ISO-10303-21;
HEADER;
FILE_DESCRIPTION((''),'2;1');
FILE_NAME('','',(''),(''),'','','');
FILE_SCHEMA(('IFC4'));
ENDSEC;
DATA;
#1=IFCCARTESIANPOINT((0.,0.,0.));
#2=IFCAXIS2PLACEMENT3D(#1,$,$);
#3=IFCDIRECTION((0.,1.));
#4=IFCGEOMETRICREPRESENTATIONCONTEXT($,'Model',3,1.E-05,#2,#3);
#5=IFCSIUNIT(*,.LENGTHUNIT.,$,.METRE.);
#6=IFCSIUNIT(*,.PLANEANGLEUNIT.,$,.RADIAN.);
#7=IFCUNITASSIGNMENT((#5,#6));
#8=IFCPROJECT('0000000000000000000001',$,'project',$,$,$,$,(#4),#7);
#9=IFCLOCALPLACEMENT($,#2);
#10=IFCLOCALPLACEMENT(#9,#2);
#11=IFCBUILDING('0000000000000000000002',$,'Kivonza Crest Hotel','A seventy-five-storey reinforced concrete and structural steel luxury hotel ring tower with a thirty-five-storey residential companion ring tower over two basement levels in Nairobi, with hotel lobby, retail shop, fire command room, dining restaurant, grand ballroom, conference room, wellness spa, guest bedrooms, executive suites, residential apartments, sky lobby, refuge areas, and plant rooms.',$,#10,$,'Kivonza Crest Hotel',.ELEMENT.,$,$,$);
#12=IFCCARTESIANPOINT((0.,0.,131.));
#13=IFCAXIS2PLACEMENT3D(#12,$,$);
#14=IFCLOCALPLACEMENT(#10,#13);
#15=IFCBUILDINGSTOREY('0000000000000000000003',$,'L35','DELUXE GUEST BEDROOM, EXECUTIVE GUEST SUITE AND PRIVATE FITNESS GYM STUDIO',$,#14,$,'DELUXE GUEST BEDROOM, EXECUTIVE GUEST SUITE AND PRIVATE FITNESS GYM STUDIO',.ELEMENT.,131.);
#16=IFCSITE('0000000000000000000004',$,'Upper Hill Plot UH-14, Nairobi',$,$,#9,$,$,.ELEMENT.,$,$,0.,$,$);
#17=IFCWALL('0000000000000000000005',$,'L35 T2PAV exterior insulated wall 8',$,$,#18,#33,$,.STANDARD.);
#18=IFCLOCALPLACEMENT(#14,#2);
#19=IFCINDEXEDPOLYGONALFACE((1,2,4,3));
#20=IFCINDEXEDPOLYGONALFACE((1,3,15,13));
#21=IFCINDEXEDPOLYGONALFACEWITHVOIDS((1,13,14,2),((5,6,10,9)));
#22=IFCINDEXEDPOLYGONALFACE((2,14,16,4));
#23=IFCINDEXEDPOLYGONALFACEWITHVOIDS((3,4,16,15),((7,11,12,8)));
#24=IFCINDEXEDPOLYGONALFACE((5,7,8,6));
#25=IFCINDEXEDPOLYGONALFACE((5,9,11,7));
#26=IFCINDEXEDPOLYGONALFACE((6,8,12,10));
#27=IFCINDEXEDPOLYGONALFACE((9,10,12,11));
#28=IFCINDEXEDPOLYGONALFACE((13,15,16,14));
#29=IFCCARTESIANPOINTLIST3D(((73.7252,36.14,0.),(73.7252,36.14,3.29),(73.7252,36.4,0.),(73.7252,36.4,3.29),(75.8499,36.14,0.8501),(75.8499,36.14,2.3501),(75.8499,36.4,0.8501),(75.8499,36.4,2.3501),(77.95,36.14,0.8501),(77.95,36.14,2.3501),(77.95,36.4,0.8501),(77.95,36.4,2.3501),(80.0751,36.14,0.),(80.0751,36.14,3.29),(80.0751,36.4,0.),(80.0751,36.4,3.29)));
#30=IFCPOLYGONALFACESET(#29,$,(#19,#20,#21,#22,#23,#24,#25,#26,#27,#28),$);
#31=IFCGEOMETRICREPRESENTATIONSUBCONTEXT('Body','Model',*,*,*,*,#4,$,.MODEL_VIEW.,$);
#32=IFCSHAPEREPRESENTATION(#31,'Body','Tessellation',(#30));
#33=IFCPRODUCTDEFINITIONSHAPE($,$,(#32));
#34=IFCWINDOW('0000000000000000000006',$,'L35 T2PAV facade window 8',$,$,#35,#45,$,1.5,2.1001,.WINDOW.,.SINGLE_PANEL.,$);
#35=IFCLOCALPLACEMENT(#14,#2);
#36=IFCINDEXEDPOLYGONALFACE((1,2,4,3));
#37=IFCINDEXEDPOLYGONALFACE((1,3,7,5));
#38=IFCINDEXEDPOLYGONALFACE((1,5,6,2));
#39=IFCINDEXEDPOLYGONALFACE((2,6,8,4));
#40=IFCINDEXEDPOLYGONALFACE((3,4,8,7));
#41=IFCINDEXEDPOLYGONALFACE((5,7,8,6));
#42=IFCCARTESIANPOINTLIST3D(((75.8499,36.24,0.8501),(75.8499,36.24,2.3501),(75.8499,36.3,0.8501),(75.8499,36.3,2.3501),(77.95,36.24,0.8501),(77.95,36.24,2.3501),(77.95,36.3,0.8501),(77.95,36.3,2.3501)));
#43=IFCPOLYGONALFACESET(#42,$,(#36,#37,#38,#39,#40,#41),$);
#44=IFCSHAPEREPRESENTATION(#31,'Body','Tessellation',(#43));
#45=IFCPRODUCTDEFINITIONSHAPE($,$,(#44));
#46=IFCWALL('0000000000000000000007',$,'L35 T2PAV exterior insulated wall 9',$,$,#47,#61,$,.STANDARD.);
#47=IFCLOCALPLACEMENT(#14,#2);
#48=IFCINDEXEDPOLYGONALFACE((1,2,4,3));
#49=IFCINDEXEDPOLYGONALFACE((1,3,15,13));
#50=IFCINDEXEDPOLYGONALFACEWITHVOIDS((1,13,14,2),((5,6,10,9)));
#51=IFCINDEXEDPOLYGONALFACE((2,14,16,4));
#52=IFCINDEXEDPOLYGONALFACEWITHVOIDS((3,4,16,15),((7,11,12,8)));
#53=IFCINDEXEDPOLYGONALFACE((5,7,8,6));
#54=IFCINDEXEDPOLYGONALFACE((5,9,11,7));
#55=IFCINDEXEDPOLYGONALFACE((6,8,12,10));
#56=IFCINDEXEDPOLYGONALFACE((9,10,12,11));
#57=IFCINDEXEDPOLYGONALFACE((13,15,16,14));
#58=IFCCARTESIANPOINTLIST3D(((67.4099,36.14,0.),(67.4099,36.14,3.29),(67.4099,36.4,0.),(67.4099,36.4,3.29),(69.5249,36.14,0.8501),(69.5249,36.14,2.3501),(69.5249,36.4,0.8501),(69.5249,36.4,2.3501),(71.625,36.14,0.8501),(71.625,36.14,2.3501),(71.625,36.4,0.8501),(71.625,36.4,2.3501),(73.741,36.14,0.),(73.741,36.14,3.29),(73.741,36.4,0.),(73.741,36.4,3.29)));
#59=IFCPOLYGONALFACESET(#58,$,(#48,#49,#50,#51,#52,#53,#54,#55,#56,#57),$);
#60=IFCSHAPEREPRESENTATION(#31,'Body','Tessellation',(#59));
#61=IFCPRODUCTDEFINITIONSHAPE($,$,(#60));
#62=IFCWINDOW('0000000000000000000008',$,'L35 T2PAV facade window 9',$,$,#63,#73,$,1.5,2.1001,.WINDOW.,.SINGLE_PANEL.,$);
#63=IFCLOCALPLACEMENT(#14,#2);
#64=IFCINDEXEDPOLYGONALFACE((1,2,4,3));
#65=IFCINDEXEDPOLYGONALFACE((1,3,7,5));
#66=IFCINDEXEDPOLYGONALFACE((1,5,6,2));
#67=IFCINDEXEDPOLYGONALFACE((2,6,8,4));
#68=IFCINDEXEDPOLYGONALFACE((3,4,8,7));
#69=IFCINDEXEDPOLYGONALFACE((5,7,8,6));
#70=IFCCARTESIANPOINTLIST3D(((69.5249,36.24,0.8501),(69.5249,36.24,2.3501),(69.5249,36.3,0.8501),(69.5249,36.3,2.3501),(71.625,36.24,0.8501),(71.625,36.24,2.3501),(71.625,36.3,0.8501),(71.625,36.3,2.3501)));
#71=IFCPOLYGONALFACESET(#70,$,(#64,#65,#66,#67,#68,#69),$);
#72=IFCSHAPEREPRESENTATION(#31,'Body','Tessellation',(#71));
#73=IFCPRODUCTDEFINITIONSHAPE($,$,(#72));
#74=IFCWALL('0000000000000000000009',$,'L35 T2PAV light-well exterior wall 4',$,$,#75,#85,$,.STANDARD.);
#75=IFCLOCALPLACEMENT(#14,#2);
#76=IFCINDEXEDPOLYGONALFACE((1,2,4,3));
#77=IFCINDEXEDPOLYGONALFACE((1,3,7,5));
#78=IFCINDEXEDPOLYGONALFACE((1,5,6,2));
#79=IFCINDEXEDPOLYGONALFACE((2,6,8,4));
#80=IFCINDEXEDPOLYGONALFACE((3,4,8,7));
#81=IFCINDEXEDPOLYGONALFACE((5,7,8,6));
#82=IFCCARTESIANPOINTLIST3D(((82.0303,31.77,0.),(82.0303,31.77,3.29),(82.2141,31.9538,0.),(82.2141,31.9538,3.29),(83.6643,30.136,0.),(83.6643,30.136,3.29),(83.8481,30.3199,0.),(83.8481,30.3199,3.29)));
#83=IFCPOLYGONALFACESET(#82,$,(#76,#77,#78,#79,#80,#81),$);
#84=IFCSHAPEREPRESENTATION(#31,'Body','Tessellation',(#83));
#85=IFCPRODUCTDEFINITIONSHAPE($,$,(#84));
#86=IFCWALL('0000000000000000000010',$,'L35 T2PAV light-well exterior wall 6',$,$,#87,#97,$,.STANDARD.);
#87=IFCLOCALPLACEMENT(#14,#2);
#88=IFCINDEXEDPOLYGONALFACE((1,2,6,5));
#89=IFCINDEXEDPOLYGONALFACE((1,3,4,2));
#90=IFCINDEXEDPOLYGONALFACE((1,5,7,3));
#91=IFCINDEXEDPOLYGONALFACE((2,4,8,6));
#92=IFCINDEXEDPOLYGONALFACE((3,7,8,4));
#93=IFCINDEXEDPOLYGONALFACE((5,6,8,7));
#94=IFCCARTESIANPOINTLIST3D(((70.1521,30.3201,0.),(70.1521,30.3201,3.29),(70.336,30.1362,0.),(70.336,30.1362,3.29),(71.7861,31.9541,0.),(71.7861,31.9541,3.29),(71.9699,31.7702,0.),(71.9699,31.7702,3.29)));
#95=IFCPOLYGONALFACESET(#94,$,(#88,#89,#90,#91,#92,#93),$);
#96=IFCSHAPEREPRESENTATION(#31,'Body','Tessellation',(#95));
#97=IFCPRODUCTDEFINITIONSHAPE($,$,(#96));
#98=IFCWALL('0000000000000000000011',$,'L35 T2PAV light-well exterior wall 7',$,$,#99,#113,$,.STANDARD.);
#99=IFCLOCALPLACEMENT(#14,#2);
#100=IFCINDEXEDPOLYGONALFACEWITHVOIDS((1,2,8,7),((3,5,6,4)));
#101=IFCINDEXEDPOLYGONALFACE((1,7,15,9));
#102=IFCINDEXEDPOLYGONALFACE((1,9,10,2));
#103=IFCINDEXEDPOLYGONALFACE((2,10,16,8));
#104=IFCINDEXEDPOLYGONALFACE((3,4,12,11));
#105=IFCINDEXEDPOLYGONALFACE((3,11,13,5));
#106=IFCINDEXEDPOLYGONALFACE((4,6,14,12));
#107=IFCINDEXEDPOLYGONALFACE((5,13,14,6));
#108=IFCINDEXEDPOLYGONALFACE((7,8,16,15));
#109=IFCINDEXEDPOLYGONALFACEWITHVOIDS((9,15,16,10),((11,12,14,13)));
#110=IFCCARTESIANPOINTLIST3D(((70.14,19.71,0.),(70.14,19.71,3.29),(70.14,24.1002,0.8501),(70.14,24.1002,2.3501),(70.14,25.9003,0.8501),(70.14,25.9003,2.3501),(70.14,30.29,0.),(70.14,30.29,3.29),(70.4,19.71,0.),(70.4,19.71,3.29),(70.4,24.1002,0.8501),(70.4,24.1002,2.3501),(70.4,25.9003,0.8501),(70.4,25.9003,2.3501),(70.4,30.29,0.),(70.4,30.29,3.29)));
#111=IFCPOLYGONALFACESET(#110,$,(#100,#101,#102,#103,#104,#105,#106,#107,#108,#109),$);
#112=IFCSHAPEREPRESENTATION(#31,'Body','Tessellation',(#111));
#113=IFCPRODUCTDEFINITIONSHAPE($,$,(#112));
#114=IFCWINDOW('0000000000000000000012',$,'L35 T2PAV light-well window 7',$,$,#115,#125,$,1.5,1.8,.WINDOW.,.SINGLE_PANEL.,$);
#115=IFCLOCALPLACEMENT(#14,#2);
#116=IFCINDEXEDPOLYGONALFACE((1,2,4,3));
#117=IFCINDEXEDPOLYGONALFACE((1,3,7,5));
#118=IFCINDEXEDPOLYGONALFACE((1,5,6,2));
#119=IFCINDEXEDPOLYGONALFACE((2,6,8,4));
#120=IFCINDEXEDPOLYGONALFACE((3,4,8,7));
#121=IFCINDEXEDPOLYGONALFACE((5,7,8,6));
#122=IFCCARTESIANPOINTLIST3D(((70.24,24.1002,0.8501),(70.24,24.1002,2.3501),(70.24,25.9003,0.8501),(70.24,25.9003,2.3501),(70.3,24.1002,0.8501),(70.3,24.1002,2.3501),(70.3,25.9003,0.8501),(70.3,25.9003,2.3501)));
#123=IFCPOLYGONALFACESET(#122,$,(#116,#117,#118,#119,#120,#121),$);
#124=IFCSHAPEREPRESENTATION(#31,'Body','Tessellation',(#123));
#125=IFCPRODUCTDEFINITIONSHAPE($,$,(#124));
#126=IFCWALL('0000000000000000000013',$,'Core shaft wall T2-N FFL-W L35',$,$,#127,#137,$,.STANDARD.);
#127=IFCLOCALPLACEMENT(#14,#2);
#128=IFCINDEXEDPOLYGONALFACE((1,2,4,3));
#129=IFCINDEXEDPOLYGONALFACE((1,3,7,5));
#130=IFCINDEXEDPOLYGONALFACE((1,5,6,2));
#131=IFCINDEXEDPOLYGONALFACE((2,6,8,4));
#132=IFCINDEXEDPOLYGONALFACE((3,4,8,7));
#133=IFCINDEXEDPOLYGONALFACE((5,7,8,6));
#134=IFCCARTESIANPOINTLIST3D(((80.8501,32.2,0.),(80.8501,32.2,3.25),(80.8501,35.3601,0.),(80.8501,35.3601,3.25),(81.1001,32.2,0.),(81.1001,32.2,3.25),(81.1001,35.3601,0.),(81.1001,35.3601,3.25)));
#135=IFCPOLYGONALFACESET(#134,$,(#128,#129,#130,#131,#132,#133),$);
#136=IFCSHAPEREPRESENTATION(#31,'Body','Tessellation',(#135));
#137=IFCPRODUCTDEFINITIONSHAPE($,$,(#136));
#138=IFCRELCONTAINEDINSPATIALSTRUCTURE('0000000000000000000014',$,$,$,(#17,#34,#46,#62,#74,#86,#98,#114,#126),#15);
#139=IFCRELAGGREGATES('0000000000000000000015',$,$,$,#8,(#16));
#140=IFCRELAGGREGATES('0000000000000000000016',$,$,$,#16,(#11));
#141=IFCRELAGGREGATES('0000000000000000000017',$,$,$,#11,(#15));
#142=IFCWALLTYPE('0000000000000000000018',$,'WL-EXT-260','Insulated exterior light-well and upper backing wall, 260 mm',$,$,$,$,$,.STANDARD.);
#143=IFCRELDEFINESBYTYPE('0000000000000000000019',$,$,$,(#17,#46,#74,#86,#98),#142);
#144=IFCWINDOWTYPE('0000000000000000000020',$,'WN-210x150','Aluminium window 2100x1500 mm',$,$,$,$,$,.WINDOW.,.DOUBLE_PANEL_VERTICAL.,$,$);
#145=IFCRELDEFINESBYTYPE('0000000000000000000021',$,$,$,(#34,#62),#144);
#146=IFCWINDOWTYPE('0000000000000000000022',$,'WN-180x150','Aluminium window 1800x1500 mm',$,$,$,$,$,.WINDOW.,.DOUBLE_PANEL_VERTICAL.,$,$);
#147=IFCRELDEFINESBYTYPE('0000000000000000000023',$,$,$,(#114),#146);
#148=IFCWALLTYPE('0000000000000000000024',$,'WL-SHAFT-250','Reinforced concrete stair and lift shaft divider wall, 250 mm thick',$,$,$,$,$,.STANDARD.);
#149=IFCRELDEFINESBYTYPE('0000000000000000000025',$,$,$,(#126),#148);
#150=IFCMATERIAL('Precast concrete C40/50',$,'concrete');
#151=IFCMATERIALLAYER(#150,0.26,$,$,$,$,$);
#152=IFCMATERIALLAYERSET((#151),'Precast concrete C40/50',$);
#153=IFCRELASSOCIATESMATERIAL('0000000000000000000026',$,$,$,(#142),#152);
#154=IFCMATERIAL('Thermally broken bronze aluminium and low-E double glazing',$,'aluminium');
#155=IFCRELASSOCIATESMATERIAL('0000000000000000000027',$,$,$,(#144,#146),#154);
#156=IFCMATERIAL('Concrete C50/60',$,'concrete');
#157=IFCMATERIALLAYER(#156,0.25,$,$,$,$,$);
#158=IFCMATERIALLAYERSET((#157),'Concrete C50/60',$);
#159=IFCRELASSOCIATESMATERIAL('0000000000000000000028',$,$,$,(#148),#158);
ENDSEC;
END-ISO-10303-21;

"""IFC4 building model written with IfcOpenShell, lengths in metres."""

from ifc_helpers import new_model, si_unit, direction, frame, frame_2d, origin, place, context, subcontext, project, spatial, rectangle, extrude, material, layer, layer_set, type_object, element, fill, save


model = new_model("IFC4")

# Units and contexts
model_context = context("Model", 3, precision=1e-05, world=origin(), true_north=direction((0.0, 1.0)))
body_context = subcontext(model_context, "Body", "Model", "MODEL_VIEW")
ifc_project = project(units=[si_unit("LENGTHUNIT", "METRE"), si_unit("PLANEANGLEUNIT", "RADIAN")], contexts=[model_context])

# Site, building, storey
site_placement = place(None, origin())
site = spatial("IfcSite", under=ifc_project, at=site_placement, Name="Upper Hill Plot UH-14, Nairobi", CompositionType="ELEMENT", RefElevation=0.0)
building_placement = place(site_placement, origin())
building = spatial("IfcBuilding", under=site, at=building_placement, Name="Kivonza Crest Hotel", Description="A seventy-five-storey reinforced concrete and structural steel luxury hotel ring tower with a thirty-five-storey residential companion ring tower over two basement levels in Nairobi, with hotel lobby, retail shop, fire command room, dining restaurant, grand ballroom, conference room, wellness spa, guest bedrooms, executive suites, residential apartments, sky lobby, refuge areas, and plant rooms.", LongName="Kivonza Crest Hotel", CompositionType="ELEMENT")
storey_placement = place(building_placement, frame((0.0, 0.0, 131.0)))
storey = spatial("IfcBuildingStorey", under=building, at=storey_placement, Name="L35", Description="DELUXE GUEST BEDROOM, EXECUTIVE GUEST SUITE AND PRIVATE FITNESS GYM STUDIO", LongName="DELUXE GUEST BEDROOM, EXECUTIVE GUEST SUITE AND PRIVATE FITNESS GYM STUDIO", CompositionType="ELEMENT", Elevation=131.0)

# Shared definitions
ifc_material_1 = material(Name="Concrete C50/60", Category="concrete")

# Walls, openings, windows
ifc_material_2 = material(Name="Precast concrete C40/50", Category="concrete")
ifc_layer_1 = layer(ifc_material_2, 0.26)
ifc_layer_set_1 = layer_set([ifc_layer_1], Name="Precast concrete C40/50")
wall_type_1 = type_object("IfcWallType", Name="WL-EXT-260", Description="Insulated exterior light-well and upper backing wall, 260 mm", PredefinedType="STANDARD", material=ifc_layer_set_1)
ifc_material_3 = material(Name="Thermally broken bronze aluminium and low-E double glazing", Category="aluminium")
window_type_1 = type_object("IfcWindowType", Name="WN-210x150", Description="Aluminium window 2100x1500 mm", PartitioningType="DOUBLE_PANEL_VERTICAL", PredefinedType="WINDOW", material=ifc_material_3)
wall_1_placement = place(storey_placement, frame((80.075, 36.27, 0.0), z_axis=(0.0, 0.0, 1.0), x_axis=(-1.0, 0.0, 0.0)))
wall_1 = element("IfcWall", 1, at=wall_1_placement, inside=storey, type_object=wall_type_1, Name="L35 T2PAV exterior insulated wall 8", PredefinedType="STANDARD", context=body_context, shape_type="SweptSolid", body=[
    extrude(rectangle(XDim=6.3499, YDim=0.26, at=frame_2d((3.1748, 0.0))), origin(), (0.0, 0.0, 1.0), 3.29),
])
opening_1_placement = place(wall_1_placement, frame((2.125, 0.0, 0.8501)))
opening_1 = element("IfcOpeningElement", 2, at=opening_1_placement, cuts=wall_1, PredefinedType="OPENING", context=body_context, shape_type="SweptSolid", body=[
    extrude(rectangle(XDim=2.1001, YDim=1.5, at=frame_2d((1.05, 0.75))), frame((0.0, 0.1401, 0.0), z_axis=(0.0, -1.0, 0.0), x_axis=(1.0, 0.0, 0.0)), (0.0, 0.0, 1.0), 0.28),
])
window_1_placement = place(opening_1_placement, origin())
window_1 = element("IfcWindow", 3, at=window_1_placement, inside=storey, type_object=window_type_1, Name="L35 T2PAV facade window 8", OverallHeight=1.5, OverallWidth=2.1001, PartitioningType="SINGLE_PANEL", PredefinedType="WINDOW", context=body_context, shape_type="SweptSolid", body=[
    extrude(rectangle(XDim=2.1001, YDim=1.5, at=frame_2d((1.05, 0.75))), frame((0.0, 0.03, 0.0), z_axis=(0.0, -1.0, 0.0), x_axis=(1.0, 0.0, 0.0)), (0.0, 0.0, 1.0), 0.0601),
])
fill(opening_1, window_1)
wall_2_placement = place(storey_placement, frame((73.741, 36.27, 0.0), z_axis=(0.0, 0.0, 1.0), x_axis=(-1.0, 0.0, 0.0)))
wall_2 = element("IfcWall", 4, at=wall_2_placement, inside=storey, type_object=wall_type_1, Name="L35 T2PAV exterior insulated wall 9", PredefinedType="STANDARD", context=body_context, shape_type="SweptSolid", body=[
    extrude(rectangle(XDim=6.3311, YDim=0.26, at=frame_2d((3.1655, 0.0))), origin(), (0.0, 0.0, 1.0), 3.29),
])
opening_2_placement = place(wall_2_placement, frame((2.116, 0.0, 0.8501)))
opening_2 = element("IfcOpeningElement", 5, at=opening_2_placement, cuts=wall_2, PredefinedType="OPENING", context=body_context, shape_type="SweptSolid", body=[
    extrude(rectangle(XDim=2.1001, YDim=1.5, at=frame_2d((1.05, 0.75))), frame((0.0, 0.1401, 0.0), z_axis=(0.0, -1.0, 0.0), x_axis=(1.0, 0.0, 0.0)), (0.0, 0.0, 1.0), 0.28),
])
window_2_placement = place(opening_2_placement, origin())
window_2 = element("IfcWindow", 6, at=window_2_placement, inside=storey, type_object=window_type_1, Name="L35 T2PAV facade window 9", OverallHeight=1.5, OverallWidth=2.1001, PartitioningType="SINGLE_PANEL", PredefinedType="WINDOW", context=body_context, shape_type="SweptSolid", body=[
    extrude(rectangle(XDim=2.1001, YDim=1.5, at=frame_2d((1.05, 0.75))), frame((0.0, 0.03, 0.0), z_axis=(0.0, -1.0, 0.0), x_axis=(1.0, 0.0, 0.0)), (0.0, 0.0, 1.0), 0.0601),
])
fill(opening_2, window_2)

# Walls
for number, where, z_axis, x_axis, name in (
    (7, (83.7561, 30.228, 0.0), (0.0, 0.0, 1.0), (-0.707107, 0.707107, 0.0), "L35 T2PAV light-well exterior wall 4"),
    (8, (71.8779, 31.8621, 0.0), (0.0, 0.0, 1.0), (-0.707107, -0.707107, 0.0), "L35 T2PAV light-well exterior wall 6"),
):
    element("IfcWall", number, at=place(storey_placement, frame(where, z_axis=z_axis, x_axis=x_axis)), inside=storey, type_object=wall_type_1, Name=name, PredefinedType="STANDARD", context=body_context, shape_type="SweptSolid", body=[
        extrude(rectangle(XDim=2.3108, YDim=0.26, at=frame_2d((1.1553, 0.0))), origin(), (0.0, 0.0, 1.0), 3.29),
    ])

# Wall, opening, window
wall_3_placement = place(storey_placement, frame((70.27, 30.29, 0.0), z_axis=(0.0, 0.0, 1.0), x_axis=(0.0, -1.0, 0.0)))
wall_3 = element("IfcWall", 9, at=wall_3_placement, inside=storey, type_object=wall_type_1, Name="L35 T2PAV light-well exterior wall 7", PredefinedType="STANDARD", context=body_context, shape_type="SweptSolid", body=[
    extrude(rectangle(XDim=10.5801, YDim=0.26, at=frame_2d((5.29, 0.0))), origin(), (0.0, 0.0, 1.0), 3.29),
])
opening_3_placement = place(wall_3_placement, frame((4.3899, 0.0, 0.8501)))
opening_3 = element("IfcOpeningElement", 10, at=opening_3_placement, cuts=wall_3, PredefinedType="OPENING", context=body_context, shape_type="SweptSolid", body=[
    extrude(rectangle(XDim=1.8, YDim=1.5, at=frame_2d((0.8999, 0.75))), frame((0.0, 0.1401, 0.0), z_axis=(0.0, -1.0, 0.0), x_axis=(1.0, 0.0, 0.0)), (0.0, 0.0, 1.0), 0.28),
])
window_type_2 = type_object("IfcWindowType", Name="WN-180x150", Description="Aluminium window 1800x1500 mm", PartitioningType="DOUBLE_PANEL_VERTICAL", PredefinedType="WINDOW", material=ifc_material_3)
window_3_placement = place(opening_3_placement, origin())
window_3 = element("IfcWindow", 11, at=window_3_placement, inside=storey, type_object=window_type_2, Name="L35 T2PAV light-well window 7", OverallHeight=1.5, OverallWidth=1.8, PartitioningType="SINGLE_PANEL", PredefinedType="WINDOW", context=body_context, shape_type="SweptSolid", body=[
    extrude(rectangle(XDim=1.8, YDim=1.5, at=frame_2d((0.8999, 0.75))), frame((0.0, 0.03, 0.0), z_axis=(0.0, -1.0, 0.0), x_axis=(1.0, 0.0, 0.0)), (0.0, 0.0, 1.0), 0.0601),
])
fill(opening_3, window_3)

# Shared definitions
ifc_layer_2 = layer(ifc_material_1, 0.25)
ifc_layer_set_2 = layer_set([ifc_layer_2], Name="Concrete C50/60")
wall_type_2 = type_object("IfcWallType", Name="WL-SHAFT-250", Description="Reinforced concrete stair and lift shaft divider wall, 250 mm thick", PredefinedType="STANDARD", material=ifc_layer_set_2)

# Wall
wall_4_placement = place(storey_placement, frame((80.9751, 32.2, 0.0), z_axis=(0.0, 0.0, 1.0), x_axis=(0.0, 1.0, 0.0)))
element("IfcWall", 12, at=wall_4_placement, inside=storey, type_object=wall_type_2, Name="Core shaft wall T2-N FFL-W L35", PredefinedType="STANDARD", context=body_context, shape_type="SweptSolid", body=[
    extrude(rectangle(XDim=3.1602, YDim=0.25, at=frame_2d((1.5801, 0.0))), origin(), (0.0, 0.0, 1.0), 3.25),
])

save(model, "model.ifc")
